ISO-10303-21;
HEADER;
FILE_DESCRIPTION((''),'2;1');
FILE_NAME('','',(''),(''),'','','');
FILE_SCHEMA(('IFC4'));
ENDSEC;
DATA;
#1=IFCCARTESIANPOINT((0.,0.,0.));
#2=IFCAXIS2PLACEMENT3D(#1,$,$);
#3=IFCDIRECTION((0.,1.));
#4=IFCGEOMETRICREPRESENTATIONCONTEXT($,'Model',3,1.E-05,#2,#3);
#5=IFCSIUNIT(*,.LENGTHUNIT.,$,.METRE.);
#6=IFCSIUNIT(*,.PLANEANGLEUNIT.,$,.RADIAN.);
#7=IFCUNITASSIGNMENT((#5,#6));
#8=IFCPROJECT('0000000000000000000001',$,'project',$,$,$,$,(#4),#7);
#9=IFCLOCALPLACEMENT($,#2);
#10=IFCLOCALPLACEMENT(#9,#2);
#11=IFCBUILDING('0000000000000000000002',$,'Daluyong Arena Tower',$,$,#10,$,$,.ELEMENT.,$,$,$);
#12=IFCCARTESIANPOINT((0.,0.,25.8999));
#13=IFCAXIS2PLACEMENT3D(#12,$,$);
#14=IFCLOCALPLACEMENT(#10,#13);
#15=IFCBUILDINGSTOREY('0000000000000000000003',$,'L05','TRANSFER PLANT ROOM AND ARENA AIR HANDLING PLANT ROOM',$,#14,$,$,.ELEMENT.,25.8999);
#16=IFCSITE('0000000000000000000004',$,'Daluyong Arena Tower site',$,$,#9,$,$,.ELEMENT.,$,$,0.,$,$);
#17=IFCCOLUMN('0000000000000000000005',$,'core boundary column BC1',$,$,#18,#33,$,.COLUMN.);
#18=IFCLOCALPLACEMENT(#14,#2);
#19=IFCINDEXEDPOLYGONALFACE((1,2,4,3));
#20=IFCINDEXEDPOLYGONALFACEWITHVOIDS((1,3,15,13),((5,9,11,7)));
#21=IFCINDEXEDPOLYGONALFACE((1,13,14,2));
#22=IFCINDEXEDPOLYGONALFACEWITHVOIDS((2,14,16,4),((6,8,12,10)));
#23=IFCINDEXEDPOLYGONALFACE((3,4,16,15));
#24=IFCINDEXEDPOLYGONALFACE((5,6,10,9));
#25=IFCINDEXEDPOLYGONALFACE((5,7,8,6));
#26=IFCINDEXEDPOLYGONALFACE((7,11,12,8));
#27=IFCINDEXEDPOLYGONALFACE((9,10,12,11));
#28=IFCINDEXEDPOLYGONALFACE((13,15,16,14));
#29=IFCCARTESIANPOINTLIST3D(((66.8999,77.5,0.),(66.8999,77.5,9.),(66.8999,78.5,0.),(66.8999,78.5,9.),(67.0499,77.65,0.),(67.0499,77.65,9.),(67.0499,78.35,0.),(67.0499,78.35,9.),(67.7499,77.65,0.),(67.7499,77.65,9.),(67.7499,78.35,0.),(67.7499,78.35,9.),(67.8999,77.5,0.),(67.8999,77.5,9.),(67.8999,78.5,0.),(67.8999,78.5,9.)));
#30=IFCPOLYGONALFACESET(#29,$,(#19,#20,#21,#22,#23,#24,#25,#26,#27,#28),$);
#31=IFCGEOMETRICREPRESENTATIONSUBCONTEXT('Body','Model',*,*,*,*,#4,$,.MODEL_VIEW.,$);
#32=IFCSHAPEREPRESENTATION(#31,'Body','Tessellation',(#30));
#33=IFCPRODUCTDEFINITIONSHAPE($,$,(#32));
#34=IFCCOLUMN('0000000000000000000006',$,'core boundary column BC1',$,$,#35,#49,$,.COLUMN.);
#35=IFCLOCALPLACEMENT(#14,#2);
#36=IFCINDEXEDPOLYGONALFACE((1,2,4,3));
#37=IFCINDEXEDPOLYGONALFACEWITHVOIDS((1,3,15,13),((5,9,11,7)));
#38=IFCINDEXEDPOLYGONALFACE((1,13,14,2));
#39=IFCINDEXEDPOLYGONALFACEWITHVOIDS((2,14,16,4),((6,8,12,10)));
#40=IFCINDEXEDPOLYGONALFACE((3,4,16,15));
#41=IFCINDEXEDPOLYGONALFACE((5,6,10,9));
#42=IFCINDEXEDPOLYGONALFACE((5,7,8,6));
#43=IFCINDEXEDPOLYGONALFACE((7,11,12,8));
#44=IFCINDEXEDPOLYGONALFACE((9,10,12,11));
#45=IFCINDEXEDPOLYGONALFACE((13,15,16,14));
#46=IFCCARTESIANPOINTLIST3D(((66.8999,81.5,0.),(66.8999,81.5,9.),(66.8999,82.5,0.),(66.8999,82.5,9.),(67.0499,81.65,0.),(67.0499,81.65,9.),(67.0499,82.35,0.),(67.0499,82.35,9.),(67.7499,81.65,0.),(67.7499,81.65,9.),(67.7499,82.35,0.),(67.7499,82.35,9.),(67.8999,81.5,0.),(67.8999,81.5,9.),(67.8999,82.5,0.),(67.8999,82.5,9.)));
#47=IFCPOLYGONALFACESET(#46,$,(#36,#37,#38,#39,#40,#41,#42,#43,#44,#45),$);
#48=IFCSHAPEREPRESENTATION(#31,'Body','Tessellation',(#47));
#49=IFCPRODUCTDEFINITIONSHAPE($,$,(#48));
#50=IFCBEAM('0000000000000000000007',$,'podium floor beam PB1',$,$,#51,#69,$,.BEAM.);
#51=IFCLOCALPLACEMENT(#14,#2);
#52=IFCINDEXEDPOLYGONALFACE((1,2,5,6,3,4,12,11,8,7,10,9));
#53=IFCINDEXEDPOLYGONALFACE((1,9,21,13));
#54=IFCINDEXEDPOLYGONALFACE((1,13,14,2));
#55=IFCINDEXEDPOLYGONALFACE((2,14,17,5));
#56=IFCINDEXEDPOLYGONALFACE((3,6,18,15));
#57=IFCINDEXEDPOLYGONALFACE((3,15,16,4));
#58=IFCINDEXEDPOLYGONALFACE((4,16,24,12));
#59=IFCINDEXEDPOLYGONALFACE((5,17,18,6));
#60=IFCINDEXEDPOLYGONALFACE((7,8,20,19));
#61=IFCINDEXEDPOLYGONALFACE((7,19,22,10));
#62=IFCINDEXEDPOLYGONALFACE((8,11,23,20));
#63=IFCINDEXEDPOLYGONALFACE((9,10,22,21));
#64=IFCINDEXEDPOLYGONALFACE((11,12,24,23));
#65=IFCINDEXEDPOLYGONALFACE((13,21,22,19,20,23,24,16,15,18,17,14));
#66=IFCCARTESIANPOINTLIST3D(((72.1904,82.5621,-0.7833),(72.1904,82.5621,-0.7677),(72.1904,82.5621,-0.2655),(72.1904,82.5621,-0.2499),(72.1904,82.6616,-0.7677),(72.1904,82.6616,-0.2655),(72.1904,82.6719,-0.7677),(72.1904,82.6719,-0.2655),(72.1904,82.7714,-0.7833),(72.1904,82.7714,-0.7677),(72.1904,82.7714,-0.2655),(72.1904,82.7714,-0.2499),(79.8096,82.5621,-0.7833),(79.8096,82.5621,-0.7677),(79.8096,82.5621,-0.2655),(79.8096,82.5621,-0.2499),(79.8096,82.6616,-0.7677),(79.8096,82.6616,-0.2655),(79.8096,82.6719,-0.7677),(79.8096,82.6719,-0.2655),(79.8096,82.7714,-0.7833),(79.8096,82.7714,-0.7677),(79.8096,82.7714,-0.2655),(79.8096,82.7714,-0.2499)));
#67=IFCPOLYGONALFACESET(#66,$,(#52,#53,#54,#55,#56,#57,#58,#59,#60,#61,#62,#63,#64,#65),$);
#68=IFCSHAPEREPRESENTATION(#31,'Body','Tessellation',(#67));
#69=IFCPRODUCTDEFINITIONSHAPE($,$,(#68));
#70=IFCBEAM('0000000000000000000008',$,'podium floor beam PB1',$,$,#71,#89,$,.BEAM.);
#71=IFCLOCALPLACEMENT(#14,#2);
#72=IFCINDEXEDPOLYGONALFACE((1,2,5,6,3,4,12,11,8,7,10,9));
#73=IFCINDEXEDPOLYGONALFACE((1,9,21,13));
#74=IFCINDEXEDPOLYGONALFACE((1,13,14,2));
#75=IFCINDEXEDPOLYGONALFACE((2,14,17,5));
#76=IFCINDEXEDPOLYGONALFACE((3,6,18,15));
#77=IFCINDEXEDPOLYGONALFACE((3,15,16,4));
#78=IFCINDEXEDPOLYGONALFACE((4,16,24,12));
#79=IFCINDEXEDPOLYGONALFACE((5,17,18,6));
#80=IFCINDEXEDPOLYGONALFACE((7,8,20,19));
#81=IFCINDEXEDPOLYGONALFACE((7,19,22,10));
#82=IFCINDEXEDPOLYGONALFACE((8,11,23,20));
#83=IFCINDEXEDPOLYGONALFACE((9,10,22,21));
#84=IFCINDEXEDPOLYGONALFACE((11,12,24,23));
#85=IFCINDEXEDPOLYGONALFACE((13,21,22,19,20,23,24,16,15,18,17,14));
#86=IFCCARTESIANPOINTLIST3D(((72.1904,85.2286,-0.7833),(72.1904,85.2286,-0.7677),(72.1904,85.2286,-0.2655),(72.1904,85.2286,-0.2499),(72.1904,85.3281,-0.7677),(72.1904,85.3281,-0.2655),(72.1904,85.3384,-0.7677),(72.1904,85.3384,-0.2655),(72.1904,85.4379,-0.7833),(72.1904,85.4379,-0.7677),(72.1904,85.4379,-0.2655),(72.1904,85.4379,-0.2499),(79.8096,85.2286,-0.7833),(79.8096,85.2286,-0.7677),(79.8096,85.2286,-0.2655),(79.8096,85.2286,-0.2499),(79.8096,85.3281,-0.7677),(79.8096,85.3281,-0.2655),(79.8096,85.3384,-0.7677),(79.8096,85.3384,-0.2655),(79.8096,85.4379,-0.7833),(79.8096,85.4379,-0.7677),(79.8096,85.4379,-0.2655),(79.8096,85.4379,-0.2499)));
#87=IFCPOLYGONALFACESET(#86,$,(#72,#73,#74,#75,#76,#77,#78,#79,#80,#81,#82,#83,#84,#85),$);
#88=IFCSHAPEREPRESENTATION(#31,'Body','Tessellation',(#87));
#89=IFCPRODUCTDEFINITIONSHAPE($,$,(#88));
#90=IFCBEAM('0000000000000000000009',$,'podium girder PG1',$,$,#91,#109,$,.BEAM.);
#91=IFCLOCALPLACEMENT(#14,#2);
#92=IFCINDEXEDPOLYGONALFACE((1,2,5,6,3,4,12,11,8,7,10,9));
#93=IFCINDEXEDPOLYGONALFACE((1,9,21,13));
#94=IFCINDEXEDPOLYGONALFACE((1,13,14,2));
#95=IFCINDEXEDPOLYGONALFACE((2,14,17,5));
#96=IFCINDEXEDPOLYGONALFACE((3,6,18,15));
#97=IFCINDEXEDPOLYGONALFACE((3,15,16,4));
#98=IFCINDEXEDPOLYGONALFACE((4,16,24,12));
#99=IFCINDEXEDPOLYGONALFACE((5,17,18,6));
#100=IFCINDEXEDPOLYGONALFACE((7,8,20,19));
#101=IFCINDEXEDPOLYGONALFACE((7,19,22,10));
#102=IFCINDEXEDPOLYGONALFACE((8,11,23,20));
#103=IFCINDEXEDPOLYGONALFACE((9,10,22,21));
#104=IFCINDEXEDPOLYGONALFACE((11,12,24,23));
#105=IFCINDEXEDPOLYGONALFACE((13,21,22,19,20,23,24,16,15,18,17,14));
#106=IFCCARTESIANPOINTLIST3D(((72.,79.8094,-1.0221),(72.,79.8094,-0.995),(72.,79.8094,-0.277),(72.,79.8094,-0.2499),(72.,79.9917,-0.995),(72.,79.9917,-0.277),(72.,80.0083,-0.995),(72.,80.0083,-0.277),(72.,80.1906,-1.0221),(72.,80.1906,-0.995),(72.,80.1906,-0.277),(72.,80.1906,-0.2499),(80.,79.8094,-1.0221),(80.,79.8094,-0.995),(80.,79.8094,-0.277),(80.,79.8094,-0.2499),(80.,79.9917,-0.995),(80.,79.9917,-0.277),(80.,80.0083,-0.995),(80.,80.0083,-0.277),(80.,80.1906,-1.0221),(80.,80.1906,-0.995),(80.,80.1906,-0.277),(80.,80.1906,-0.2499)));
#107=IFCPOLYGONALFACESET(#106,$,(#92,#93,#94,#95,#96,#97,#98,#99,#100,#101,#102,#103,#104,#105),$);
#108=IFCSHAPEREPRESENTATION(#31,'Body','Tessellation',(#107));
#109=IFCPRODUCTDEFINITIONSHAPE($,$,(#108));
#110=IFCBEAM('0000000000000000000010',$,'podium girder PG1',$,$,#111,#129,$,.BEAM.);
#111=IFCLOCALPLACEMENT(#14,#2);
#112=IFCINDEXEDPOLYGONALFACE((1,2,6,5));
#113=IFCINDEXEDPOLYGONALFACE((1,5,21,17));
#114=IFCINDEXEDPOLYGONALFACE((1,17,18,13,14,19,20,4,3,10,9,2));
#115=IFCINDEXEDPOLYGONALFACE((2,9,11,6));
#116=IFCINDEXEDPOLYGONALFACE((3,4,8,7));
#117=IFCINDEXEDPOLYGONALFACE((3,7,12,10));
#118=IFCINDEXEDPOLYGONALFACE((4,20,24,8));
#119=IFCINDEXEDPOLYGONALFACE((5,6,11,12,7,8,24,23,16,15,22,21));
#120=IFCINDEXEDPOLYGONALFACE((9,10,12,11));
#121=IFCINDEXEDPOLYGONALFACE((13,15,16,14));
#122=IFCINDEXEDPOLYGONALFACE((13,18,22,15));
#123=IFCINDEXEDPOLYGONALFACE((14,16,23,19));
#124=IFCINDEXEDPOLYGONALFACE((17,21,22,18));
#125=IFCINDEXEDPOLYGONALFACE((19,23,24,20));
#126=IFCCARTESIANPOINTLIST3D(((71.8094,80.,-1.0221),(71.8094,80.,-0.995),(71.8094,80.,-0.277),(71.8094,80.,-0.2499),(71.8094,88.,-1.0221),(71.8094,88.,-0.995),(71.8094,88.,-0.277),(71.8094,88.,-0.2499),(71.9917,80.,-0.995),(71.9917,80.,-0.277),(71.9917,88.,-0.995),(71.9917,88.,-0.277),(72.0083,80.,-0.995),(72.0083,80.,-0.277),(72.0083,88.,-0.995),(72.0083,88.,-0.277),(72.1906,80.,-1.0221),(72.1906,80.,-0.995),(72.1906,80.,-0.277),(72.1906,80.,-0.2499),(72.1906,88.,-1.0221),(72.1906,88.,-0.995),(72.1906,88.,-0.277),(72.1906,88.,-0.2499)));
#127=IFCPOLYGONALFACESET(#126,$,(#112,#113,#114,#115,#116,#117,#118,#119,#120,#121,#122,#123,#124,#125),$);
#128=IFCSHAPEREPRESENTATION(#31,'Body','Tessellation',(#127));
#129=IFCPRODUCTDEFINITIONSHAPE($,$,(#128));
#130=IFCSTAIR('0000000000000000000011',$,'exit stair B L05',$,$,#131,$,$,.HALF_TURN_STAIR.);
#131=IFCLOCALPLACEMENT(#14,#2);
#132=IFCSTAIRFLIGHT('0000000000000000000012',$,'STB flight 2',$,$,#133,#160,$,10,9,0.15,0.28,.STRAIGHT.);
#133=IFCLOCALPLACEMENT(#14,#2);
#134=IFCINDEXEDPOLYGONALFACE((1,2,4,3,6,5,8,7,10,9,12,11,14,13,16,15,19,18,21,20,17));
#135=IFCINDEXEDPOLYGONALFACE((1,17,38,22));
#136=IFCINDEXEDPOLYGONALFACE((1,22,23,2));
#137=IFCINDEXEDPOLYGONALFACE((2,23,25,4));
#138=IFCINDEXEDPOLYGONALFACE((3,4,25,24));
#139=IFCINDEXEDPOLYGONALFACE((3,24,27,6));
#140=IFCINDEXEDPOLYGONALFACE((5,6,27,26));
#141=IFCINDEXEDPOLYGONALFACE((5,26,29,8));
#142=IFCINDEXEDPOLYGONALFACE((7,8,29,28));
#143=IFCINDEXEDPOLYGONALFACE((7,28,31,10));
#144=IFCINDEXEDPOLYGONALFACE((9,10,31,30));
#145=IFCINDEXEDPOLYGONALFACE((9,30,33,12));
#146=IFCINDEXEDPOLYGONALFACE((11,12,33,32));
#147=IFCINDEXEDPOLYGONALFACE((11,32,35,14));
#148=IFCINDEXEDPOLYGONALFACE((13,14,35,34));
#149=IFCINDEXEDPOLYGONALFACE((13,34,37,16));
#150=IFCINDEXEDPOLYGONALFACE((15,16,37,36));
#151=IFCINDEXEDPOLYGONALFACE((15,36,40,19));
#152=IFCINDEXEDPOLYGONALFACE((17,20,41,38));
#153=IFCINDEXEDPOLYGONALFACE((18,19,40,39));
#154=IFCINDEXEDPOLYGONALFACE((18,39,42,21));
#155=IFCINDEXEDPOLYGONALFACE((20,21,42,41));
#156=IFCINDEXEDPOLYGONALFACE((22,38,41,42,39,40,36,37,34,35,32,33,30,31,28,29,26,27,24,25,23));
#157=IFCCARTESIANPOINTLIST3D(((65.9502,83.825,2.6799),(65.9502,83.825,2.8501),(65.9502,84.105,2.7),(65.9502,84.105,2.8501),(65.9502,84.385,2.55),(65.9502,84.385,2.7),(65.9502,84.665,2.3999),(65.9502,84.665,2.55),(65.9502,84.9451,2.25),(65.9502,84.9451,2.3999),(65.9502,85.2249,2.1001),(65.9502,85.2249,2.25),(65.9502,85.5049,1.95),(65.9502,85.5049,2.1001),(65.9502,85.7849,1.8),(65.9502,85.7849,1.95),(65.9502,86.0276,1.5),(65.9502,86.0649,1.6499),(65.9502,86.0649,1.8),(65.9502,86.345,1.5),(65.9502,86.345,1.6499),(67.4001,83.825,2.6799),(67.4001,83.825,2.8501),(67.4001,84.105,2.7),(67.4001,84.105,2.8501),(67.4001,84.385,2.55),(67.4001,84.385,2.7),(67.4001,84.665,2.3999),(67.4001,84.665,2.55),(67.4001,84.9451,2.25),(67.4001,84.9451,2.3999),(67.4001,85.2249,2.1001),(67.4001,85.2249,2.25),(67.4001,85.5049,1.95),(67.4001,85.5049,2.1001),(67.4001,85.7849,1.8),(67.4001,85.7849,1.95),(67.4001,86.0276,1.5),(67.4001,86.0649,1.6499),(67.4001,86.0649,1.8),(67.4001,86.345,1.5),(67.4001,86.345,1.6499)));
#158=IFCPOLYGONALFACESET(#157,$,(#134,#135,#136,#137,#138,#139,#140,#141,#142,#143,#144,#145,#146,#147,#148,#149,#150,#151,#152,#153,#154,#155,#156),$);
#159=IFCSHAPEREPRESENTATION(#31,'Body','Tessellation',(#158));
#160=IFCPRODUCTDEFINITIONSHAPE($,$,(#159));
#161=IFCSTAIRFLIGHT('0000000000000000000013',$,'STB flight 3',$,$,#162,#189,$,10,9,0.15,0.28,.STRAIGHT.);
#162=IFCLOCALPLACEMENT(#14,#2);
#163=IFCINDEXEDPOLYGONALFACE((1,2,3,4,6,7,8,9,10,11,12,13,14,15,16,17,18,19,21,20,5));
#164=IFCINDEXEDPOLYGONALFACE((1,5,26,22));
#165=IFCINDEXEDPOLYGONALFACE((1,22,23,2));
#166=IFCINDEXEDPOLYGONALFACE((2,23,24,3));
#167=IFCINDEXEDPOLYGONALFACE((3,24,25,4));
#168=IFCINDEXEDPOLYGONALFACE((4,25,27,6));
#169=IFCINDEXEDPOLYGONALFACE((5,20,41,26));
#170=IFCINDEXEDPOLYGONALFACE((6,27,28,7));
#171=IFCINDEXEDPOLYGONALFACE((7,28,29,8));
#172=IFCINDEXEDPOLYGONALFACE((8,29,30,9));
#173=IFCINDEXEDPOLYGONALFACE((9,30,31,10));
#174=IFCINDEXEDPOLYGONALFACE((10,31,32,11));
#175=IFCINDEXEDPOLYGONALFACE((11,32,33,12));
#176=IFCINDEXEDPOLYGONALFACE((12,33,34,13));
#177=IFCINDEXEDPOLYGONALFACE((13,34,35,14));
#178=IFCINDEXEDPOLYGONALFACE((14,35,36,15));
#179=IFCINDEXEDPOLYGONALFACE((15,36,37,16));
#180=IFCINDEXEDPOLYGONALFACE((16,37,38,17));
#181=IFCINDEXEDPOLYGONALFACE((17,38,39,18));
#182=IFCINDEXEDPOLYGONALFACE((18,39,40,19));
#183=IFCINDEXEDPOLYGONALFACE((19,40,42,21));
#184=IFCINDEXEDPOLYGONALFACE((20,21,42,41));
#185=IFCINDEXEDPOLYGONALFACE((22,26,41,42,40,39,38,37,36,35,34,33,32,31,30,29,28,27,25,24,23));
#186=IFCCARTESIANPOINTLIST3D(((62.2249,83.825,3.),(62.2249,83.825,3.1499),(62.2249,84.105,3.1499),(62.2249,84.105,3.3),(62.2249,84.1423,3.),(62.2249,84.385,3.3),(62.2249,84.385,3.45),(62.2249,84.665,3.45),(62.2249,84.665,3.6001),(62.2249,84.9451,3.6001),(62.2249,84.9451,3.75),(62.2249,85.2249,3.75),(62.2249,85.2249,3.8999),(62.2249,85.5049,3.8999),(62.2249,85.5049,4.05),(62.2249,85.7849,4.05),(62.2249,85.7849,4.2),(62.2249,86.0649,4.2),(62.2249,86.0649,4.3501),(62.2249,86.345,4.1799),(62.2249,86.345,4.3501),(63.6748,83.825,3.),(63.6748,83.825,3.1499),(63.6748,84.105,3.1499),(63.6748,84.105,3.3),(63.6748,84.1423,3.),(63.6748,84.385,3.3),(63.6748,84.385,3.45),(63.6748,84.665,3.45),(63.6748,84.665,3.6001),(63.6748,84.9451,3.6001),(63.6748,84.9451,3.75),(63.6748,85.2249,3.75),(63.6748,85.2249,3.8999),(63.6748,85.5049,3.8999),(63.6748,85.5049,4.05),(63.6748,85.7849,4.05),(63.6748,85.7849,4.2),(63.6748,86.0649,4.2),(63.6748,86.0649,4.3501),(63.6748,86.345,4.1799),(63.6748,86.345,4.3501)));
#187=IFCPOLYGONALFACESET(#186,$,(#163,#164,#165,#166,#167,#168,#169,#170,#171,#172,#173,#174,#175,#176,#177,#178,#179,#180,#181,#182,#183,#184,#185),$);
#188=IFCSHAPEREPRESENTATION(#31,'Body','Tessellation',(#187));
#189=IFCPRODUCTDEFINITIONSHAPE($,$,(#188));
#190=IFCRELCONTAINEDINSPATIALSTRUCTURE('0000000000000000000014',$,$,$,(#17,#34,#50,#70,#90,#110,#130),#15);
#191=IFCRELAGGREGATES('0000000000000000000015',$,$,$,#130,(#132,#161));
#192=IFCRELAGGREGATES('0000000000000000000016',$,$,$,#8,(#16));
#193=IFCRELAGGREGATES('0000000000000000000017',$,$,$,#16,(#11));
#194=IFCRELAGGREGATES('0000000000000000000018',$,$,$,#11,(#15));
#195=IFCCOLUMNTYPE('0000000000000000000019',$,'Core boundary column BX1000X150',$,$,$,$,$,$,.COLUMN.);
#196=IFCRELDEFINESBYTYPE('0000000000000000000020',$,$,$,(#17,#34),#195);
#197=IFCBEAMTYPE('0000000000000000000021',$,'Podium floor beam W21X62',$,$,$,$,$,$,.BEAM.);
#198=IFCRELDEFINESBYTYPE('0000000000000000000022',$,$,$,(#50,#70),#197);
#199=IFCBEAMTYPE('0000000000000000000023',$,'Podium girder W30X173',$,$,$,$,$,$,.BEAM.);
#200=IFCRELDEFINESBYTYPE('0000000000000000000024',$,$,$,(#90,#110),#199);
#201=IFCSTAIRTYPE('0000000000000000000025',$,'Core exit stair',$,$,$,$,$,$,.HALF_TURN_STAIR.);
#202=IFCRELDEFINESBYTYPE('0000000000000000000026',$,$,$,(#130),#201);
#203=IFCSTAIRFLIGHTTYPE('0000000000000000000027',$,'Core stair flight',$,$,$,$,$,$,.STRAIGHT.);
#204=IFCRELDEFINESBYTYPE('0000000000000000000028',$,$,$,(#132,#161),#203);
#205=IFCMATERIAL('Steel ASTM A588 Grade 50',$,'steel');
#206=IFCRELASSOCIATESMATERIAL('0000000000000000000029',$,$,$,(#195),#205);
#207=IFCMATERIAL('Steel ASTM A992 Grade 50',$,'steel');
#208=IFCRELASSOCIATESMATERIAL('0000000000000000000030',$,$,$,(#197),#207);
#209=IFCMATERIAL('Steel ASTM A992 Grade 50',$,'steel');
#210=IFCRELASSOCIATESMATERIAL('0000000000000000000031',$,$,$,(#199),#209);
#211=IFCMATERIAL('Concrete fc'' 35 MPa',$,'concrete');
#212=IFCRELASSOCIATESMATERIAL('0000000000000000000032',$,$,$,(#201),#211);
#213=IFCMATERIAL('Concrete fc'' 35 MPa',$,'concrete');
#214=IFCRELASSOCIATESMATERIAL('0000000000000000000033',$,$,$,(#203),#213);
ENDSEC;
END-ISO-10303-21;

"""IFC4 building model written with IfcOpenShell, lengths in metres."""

from ifc_helpers import new_model, si_unit, direction, frame, origin, origin_2d, place, context, subcontext, project, spatial, polyline, hollow_rectangle, i_section, outline, extrude, material, material_profile, profile_set, type_object, element, aggregate, save


model = new_model("IFC4")

# Units and contexts
model_context = context("Model", 3, precision=1e-05, world=origin(), true_north=direction((0.0, 1.0)))
body_context = subcontext(model_context, "Body", "Model", "MODEL_VIEW")
ifc_project = project(units=[si_unit("LENGTHUNIT", "METRE"), si_unit("PLANEANGLEUNIT", "RADIAN")], contexts=[model_context])

# Site, building, storey
site_placement = place(None, origin())
site = spatial("IfcSite", under=ifc_project, at=site_placement, Name="Daluyong Arena Tower site", CompositionType="ELEMENT", RefElevation=0.0)
building_placement = place(site_placement, origin())
building = spatial("IfcBuilding", under=site, at=building_placement, Name="Daluyong Arena Tower", CompositionType="ELEMENT")
storey_placement = place(building_placement, frame((0.0, 0.0, 25.8999)))
storey = spatial("IfcBuildingStorey", under=building, at=storey_placement, Name="L05", Description="TRANSFER PLANT ROOM AND ARENA AIR HANDLING PLANT ROOM", CompositionType="ELEMENT", Elevation=25.8999)

# Columns
ifc_material_1 = material(Name="Steel ASTM A588 Grade 50", Category="steel")
ifc_material_profile_1 = material_profile(ifc_material_1, hollow_rectangle(XDim=1.0, YDim=1.0, WallThickness=0.15, at=origin_2d()))
ifc_profile_set_1 = profile_set([ifc_material_profile_1], Name="Steel ASTM A588 Grade 50")
column_type = type_object("IfcColumnType", Name="Core boundary column BX1000X150", PredefinedType="COLUMN", material=ifc_profile_set_1)
for number, where, z_axis, x_axis, name in (
    (1, (67.3999, 78.0, 0.0), (0.0, 0.0, 1.0), (1.0, 0.0, 0.0), "core boundary column BC1"),
    (2, (67.3999, 82.0, 0.0), (0.0, 0.0, 1.0), (1.0, 0.0, 0.0), "core boundary column BC1"),
):
    element("IfcColumn", number, at=place(storey_placement, frame(where, z_axis=z_axis, x_axis=x_axis)), inside=storey, type_object=column_type, Name=name, PredefinedType="COLUMN", context=body_context, shape_type="SweptSolid", body=[
        extrude(hollow_rectangle(XDim=1.0, YDim=1.0, WallThickness=0.15, at=origin_2d()), origin(), (0.0, 0.0, 1.0), 9.0),
    ])

# Beams
ifc_material_2 = material(Name="Steel ASTM A992 Grade 50", Category="steel")
ifc_material_profile_2 = material_profile(ifc_material_2, i_section(OverallWidth=0.2092, OverallDepth=0.5334, WebThickness=0.0103, FlangeThickness=0.0156, at=origin_2d()))
ifc_profile_set_2 = profile_set([ifc_material_profile_2], Name="Steel ASTM A992 Grade 50")
beam_type_1 = type_object("IfcBeamType", Name="Podium floor beam W21X62", PredefinedType="BEAM", material=ifc_profile_set_2)
for number, where, z_axis, x_axis, name in (
    (3, (72.1904, 82.6667, -0.5166), (1.0, 0.0, 0.0), (0.0, 1.0, 0.0), "podium floor beam PB1"),
    (4, (72.1904, 85.3333, -0.5166), (1.0, 0.0, 0.0), (0.0, 1.0, 0.0), "podium floor beam PB1"),
):
    element("IfcBeam", number, at=place(storey_placement, frame(where, z_axis=z_axis, x_axis=x_axis)), inside=storey, type_object=beam_type_1, Name=name, PredefinedType="BEAM", context=body_context, shape_type="SweptSolid", body=[
        extrude(i_section(OverallWidth=0.2092, OverallDepth=0.5334, WebThickness=0.0103, FlangeThickness=0.0156, at=origin_2d()), origin(), (0.0, 0.0, 1.0), 7.6191),
    ])
ifc_material_3 = material(Name="Steel ASTM A992 Grade 50", Category="steel")
ifc_material_profile_3 = material_profile(ifc_material_3, i_section(OverallWidth=0.3811, OverallDepth=0.7722, WebThickness=0.0166, FlangeThickness=0.0271, at=origin_2d()))
ifc_profile_set_3 = profile_set([ifc_material_profile_3], Name="Steel ASTM A992 Grade 50")
beam_type_2 = type_object("IfcBeamType", Name="Podium girder W30X173", PredefinedType="BEAM", material=ifc_profile_set_3)
for number, where, z_axis, x_axis, name in (
    (5, (72.0, 80.0, -0.636), (1.0, 0.0, 0.0), (0.0, 1.0, 0.0), "podium girder PG1"),
    (6, (72.0, 80.0, -0.636), (0.0, 1.0, 0.0), (-1.0, 0.0, 0.0), "podium girder PG1"),
):
    element("IfcBeam", number, at=place(storey_placement, frame(where, z_axis=z_axis, x_axis=x_axis)), inside=storey, type_object=beam_type_2, Name=name, PredefinedType="BEAM", context=body_context, shape_type="SweptSolid", body=[
        extrude(i_section(OverallWidth=0.3811, OverallDepth=0.7722, WebThickness=0.0166, FlangeThickness=0.0271, at=origin_2d()), origin(), (0.0, 0.0, 1.0), 8.0),
    ])

# Stair, stair flights
ifc_material_4 = material(Name="Concrete fc' 35 MPa", Category="concrete")
stair_type = type_object("IfcStairType", Name="Core exit stair", PredefinedType="HALF_TURN_STAIR", material=ifc_material_4)
stair_placement = place(storey_placement, origin())
stair = element("IfcStair", 7, at=stair_placement, inside=storey, type_object=stair_type, Name="exit stair B L05", PredefinedType="HALF_TURN_STAIR")
ifc_material_5 = material(Name="Concrete fc' 35 MPa", Category="concrete")
stair_flight_type = type_object("IfcStairFlightType", Name="Core stair flight", PredefinedType="STRAIGHT", material=ifc_material_5)
stair_flight_1_placement = place(storey_placement, frame((66.675, 86.345, 1.5), z_axis=(0.0, 0.0, 1.0), x_axis=(0.0, -1.0, 0.0)))
stair_flight_1 = element("IfcStairFlight", 8, at=stair_flight_1_placement, type_object=stair_flight_type, Name="STB flight 2", NumberOfRisers=10, NumberOfTreads=9, PredefinedType="STRAIGHT", RiserHeight=0.15, TreadLength=0.28, context=body_context, shape_type="SweptSolid", body=[
    extrude(outline(polyline([(0.0, 0.0), (0.0, 0.1499), (0.28, 0.1499), (0.28, 0.3), (0.5601, 0.3), (0.5601, 0.45), (0.8401, 0.45), (0.8401, 0.6001), (1.1201, 0.6001), (1.1201, 0.75), (1.3999, 0.75), (1.3999, 0.8999), (1.6799, 0.8999), (1.6799, 1.05), (1.96, 1.05), (1.96, 1.2), (2.24, 1.2), (2.24, 1.3501), (2.52, 1.3501), (2.52, 1.5), (2.52, 1.1799), (0.3174, 0.0), (0.0, 0.0)])), frame((0.0, 0.7251, 0.0), z_axis=(0.0, -1.0, 0.0), x_axis=(1.0, 0.0, 0.0)), (0.0, 0.0, 1.0), 1.45),
])
stair_flight_2_placement = place(storey_placement, frame((62.95, 83.825, 3.0), z_axis=(0.0, 0.0, 1.0), x_axis=(0.0, 1.0, 0.0)))
stair_flight_2 = element("IfcStairFlight", 9, at=stair_flight_2_placement, type_object=stair_flight_type, Name="STB flight 3", NumberOfRisers=10, NumberOfTreads=9, PredefinedType="STRAIGHT", RiserHeight=0.15, TreadLength=0.28, context=body_context, shape_type="SweptSolid", body=[
    extrude(outline(polyline([(0.0, 0.0), (0.0, 0.1499), (0.28, 0.1499), (0.28, 0.3), (0.5601, 0.3), (0.5601, 0.45), (0.8401, 0.45), (0.8401, 0.6001), (1.1201, 0.6001), (1.1201, 0.75), (1.3999, 0.75), (1.3999, 0.8999), (1.6799, 0.8999), (1.6799, 1.05), (1.96, 1.05), (1.96, 1.2), (2.24, 1.2), (2.24, 1.3501), (2.52, 1.3501), (2.52, 1.5), (2.52, 1.1799), (0.3174, 0.0), (0.0, 0.0)])), frame((0.0, 0.7251, 0.0), z_axis=(0.0, -1.0, 0.0), x_axis=(1.0, 0.0, 0.0)), (0.0, 0.0, 1.0), 1.45),
])
aggregate(stair, [stair_flight_1, stair_flight_2])

save(model, "model.ifc")
